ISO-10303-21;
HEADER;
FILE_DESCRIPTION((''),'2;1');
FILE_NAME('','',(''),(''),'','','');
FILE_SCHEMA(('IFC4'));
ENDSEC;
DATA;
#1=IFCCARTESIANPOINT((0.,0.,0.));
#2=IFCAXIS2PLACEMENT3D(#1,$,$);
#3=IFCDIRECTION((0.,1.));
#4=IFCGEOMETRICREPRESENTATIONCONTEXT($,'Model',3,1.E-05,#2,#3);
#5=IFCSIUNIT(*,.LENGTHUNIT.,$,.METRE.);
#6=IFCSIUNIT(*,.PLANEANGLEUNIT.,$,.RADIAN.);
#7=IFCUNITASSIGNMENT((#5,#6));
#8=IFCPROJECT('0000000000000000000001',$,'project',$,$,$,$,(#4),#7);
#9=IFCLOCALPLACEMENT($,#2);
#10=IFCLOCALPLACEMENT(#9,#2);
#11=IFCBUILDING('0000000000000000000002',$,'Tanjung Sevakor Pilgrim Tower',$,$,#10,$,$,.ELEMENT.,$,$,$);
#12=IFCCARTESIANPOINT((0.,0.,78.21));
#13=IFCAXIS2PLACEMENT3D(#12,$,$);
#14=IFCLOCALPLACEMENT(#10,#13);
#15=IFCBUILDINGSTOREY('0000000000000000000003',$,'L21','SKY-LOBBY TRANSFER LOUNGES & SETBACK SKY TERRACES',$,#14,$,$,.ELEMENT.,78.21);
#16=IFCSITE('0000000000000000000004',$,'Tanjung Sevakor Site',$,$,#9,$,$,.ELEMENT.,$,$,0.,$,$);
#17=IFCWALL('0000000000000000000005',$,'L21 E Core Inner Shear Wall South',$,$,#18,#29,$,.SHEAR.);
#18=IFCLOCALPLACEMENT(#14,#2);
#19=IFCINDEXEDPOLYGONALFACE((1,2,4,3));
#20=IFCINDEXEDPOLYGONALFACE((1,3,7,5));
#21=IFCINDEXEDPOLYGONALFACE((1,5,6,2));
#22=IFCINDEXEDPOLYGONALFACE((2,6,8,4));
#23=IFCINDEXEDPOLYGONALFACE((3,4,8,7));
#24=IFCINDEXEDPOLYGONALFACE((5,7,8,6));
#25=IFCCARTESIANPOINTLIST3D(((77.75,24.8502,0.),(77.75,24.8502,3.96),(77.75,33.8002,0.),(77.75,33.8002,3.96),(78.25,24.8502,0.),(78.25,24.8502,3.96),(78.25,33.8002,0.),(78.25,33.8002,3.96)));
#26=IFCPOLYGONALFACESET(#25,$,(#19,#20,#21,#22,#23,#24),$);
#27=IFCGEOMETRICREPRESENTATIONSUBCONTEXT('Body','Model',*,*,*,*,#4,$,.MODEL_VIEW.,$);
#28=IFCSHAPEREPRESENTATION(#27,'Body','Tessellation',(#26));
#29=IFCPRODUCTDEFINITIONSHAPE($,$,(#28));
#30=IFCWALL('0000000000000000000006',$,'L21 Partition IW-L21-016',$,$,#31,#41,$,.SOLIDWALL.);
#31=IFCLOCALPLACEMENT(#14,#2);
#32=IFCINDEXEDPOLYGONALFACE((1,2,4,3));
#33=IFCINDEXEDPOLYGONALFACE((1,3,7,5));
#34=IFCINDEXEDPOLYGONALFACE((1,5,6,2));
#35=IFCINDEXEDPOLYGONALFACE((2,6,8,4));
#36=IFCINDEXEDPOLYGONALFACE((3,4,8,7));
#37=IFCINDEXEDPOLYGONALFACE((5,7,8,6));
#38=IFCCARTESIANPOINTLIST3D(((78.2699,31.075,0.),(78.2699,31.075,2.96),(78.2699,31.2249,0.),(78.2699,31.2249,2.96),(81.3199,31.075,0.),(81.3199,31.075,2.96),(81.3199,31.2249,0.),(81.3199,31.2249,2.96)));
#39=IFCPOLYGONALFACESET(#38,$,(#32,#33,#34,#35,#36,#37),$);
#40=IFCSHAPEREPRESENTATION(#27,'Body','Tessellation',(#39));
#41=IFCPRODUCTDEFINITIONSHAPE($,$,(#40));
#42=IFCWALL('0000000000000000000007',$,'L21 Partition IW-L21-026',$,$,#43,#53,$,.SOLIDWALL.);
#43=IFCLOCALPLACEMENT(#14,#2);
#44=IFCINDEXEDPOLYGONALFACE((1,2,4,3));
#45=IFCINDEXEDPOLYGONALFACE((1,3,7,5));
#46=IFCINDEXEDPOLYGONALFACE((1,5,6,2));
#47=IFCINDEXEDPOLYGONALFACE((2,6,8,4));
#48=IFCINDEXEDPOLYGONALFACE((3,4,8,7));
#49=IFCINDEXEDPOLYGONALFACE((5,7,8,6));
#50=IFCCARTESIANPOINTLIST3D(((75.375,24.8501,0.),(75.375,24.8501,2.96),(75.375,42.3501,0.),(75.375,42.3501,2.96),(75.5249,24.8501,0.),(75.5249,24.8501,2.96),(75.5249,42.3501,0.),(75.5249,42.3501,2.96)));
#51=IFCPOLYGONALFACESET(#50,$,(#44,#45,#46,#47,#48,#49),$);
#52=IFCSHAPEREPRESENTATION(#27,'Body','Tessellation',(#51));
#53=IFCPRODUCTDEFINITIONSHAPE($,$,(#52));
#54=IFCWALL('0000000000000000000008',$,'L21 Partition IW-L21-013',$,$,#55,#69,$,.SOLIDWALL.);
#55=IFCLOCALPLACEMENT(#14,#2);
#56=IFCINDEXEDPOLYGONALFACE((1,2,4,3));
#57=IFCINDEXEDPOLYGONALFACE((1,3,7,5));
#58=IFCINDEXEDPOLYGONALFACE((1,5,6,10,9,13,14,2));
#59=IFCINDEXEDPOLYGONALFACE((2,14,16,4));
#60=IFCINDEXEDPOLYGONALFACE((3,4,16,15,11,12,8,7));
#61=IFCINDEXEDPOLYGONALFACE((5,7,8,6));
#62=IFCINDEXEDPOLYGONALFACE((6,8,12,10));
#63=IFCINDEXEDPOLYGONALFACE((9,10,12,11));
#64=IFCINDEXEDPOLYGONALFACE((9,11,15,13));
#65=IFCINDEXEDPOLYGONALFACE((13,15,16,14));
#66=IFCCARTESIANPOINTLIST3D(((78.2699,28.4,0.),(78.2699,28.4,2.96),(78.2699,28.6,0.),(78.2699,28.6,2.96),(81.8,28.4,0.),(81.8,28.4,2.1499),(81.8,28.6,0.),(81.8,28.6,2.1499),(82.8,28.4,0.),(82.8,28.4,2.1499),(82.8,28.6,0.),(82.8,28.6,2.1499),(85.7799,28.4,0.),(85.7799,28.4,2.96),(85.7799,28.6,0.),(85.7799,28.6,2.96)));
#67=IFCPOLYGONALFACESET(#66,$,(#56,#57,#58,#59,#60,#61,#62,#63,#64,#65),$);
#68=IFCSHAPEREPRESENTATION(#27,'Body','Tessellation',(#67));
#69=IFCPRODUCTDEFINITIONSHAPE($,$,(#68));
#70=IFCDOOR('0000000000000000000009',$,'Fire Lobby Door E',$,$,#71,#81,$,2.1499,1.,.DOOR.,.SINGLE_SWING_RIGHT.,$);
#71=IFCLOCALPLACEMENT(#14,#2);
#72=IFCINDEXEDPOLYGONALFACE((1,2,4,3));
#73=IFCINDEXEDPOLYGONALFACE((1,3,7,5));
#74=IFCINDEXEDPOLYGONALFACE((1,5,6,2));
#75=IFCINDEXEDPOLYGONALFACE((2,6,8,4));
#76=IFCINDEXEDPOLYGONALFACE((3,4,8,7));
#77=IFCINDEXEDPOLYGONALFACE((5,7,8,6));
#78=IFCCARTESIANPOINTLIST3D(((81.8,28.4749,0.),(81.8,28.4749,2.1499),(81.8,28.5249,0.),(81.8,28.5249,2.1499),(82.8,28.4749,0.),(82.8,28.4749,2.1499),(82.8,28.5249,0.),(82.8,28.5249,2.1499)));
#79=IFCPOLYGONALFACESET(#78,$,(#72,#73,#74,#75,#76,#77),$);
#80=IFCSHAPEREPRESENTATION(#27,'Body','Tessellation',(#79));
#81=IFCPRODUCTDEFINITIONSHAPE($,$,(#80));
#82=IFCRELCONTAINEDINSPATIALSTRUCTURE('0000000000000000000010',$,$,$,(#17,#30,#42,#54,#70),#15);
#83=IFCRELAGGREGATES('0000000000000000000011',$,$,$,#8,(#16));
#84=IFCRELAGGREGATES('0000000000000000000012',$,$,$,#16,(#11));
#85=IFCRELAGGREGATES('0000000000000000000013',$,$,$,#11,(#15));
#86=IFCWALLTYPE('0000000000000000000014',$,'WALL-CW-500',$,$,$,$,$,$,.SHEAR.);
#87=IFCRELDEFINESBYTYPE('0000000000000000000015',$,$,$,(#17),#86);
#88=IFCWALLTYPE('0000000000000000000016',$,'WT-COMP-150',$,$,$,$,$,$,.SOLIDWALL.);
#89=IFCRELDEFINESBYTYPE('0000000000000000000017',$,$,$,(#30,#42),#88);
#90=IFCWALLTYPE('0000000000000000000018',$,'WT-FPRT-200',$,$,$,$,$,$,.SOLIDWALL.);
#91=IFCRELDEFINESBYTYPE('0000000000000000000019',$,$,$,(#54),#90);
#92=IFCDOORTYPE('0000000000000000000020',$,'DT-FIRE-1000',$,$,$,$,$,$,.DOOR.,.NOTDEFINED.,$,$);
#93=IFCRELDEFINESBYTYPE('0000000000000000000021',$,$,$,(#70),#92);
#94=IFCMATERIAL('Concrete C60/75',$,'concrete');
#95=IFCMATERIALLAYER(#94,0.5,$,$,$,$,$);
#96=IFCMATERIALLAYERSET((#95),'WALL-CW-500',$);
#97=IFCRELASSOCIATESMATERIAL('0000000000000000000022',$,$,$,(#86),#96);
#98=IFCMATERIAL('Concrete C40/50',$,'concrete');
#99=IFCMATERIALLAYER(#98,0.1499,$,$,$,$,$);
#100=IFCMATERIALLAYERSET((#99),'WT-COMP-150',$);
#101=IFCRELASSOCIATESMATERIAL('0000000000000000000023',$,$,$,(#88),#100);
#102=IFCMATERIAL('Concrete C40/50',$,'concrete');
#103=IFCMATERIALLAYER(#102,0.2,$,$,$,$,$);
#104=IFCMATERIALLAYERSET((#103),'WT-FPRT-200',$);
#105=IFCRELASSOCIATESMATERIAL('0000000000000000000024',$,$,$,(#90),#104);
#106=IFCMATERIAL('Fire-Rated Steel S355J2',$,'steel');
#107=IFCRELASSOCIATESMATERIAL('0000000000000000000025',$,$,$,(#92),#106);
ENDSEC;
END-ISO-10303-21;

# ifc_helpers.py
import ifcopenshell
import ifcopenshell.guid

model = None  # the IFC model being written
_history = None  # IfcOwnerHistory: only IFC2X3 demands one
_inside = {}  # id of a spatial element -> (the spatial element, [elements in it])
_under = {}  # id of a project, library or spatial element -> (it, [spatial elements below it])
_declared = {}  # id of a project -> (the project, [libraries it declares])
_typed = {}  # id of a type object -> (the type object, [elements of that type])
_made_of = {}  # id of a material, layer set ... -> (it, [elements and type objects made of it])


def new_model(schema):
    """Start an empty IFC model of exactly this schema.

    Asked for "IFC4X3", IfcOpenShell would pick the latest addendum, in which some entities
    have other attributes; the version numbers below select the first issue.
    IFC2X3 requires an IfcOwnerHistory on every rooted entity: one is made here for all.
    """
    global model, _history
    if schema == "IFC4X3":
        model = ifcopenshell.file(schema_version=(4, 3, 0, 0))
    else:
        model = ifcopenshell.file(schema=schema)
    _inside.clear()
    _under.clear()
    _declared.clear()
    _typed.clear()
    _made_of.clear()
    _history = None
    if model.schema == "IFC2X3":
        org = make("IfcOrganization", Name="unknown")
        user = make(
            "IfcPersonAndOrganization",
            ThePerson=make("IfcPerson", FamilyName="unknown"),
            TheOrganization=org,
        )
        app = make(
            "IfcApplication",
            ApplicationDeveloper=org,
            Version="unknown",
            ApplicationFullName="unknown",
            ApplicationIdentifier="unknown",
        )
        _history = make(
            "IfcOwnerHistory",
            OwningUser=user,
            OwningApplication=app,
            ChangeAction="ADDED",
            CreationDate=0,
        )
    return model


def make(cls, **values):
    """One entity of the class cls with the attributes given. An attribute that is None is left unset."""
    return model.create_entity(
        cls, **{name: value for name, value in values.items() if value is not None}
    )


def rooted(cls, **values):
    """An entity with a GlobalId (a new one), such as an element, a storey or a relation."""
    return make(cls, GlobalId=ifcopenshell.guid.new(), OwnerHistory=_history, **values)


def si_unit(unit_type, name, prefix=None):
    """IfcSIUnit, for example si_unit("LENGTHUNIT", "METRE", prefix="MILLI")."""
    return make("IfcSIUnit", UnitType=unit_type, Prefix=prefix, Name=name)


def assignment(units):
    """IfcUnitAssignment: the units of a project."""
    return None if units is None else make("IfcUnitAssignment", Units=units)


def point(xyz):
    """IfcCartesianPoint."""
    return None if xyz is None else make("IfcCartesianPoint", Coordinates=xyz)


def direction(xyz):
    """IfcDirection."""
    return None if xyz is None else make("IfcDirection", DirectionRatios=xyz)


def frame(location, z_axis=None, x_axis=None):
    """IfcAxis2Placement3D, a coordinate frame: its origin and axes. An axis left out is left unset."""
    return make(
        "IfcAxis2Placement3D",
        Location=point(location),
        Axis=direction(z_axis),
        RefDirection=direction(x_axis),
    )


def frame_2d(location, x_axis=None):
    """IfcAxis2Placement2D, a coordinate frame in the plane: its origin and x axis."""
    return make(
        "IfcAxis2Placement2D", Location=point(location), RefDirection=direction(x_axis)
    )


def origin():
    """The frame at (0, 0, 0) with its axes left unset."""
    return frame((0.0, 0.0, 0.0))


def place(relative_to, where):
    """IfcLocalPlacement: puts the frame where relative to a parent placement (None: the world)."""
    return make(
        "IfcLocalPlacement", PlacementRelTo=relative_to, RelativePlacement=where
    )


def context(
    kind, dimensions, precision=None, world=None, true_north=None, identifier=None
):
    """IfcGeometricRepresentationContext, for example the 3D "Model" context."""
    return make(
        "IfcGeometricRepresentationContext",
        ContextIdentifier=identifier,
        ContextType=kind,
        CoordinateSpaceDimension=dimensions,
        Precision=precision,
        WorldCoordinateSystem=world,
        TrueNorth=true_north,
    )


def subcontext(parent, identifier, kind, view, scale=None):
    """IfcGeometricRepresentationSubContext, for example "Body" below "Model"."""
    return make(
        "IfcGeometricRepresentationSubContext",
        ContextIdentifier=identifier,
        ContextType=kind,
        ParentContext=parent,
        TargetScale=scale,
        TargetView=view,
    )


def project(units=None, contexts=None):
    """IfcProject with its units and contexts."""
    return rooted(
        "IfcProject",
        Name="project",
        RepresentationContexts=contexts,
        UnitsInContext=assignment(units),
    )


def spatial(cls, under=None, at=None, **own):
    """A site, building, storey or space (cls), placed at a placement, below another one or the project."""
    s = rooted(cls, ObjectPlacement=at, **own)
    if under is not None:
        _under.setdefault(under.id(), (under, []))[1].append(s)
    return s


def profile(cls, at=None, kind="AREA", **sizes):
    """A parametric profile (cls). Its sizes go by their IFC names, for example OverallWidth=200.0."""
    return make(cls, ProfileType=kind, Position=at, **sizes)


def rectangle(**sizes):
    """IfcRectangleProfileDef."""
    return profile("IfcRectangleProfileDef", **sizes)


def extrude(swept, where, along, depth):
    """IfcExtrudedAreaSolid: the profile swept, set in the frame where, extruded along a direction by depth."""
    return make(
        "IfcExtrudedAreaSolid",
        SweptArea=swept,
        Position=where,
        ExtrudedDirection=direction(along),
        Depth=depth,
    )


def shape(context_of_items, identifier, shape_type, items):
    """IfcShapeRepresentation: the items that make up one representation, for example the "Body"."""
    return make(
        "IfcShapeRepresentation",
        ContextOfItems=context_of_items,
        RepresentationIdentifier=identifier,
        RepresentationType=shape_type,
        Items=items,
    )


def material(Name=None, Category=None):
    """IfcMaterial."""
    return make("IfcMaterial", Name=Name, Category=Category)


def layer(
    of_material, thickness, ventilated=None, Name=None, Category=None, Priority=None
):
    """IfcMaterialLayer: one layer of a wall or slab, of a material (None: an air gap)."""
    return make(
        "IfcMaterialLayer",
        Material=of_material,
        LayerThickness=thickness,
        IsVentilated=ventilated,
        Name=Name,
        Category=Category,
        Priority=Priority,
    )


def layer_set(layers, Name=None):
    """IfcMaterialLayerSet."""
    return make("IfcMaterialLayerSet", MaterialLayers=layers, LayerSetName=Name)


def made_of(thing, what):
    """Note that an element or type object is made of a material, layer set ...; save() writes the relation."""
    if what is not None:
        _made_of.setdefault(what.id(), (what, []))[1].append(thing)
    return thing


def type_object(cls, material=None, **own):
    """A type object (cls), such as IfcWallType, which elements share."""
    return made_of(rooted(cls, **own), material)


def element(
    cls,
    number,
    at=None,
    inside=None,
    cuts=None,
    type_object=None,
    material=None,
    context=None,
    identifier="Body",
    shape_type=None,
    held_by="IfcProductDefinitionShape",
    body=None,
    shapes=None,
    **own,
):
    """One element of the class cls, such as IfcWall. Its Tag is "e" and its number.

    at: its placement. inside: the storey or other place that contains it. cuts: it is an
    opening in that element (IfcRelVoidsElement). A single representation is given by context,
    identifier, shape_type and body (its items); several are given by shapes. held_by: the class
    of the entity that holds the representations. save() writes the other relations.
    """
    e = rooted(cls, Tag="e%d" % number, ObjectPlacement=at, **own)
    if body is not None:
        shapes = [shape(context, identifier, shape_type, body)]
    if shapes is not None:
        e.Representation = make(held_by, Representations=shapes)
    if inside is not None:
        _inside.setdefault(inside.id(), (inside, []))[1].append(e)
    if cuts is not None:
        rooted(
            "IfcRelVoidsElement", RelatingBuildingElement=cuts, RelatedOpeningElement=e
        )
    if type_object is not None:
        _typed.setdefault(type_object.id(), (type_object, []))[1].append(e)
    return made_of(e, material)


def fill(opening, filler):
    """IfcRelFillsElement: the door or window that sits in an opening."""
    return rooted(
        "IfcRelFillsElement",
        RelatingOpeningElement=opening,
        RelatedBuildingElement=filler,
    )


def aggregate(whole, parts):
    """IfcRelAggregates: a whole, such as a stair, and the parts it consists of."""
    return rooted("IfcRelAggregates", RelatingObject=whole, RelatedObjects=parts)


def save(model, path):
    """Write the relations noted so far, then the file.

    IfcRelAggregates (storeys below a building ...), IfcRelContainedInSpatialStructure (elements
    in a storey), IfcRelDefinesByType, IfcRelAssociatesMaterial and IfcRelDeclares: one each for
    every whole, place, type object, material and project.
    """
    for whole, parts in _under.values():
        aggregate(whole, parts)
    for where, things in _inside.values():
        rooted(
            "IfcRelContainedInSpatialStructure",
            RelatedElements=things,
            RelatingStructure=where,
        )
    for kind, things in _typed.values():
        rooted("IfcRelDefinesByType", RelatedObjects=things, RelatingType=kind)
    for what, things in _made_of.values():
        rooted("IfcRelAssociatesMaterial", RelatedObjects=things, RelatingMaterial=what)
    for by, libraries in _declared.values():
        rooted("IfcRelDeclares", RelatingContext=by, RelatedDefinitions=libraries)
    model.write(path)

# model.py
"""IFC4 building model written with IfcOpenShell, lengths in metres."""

from ifc_helpers import new_model, si_unit, direction, frame, frame_2d, origin, place, context, subcontext, project, spatial, rectangle, extrude, material, layer, layer_set, type_object, element, fill, save


model = new_model("IFC4")

# Units and contexts
model_context = context("Model", 3, precision=1e-05, world=origin(), true_north=direction((0.0, 1.0)))
body_context = subcontext(model_context, "Body", "Model", "MODEL_VIEW")
ifc_project = project(units=[si_unit("LENGTHUNIT", "METRE"), si_unit("PLANEANGLEUNIT", "RADIAN")], contexts=[model_context])

# Site, building, storey
site_placement = place(None, origin())
site = spatial("IfcSite", under=ifc_project, at=site_placement, Name="Tanjung Sevakor Site", CompositionType="ELEMENT", RefElevation=0.0)
building_placement = place(site_placement, origin())
building = spatial("IfcBuilding", under=site, at=building_placement, Name="Tanjung Sevakor Pilgrim Tower", CompositionType="ELEMENT")
storey_placement = place(building_placement, frame((0.0, 0.0, 78.21)))
storey = spatial("IfcBuildingStorey", under=building, at=storey_placement, Name="L21", Description="SKY-LOBBY TRANSFER LOUNGES & SETBACK SKY TERRACES", CompositionType="ELEMENT", Elevation=78.21)

# Walls
ifc_material_1 = material(Name="Concrete C60/75", Category="concrete")
ifc_layer_1 = layer(ifc_material_1, 0.5)
ifc_layer_set_1 = layer_set([ifc_layer_1], Name="WALL-CW-500")
wall_type_1 = type_object("IfcWallType", Name="WALL-CW-500", PredefinedType="SHEAR", material=ifc_layer_set_1)
wall_1_placement = place(storey_placement, frame((78.0, 24.8501, 0.0), z_axis=(0.0, 0.0, 1.0), x_axis=(0.0, 1.0, 0.0)))
element("IfcWall", 1, at=wall_1_placement, inside=storey, type_object=wall_type_1, Name="L21 E Core Inner Shear Wall South", PredefinedType="SHEAR", context=body_context, shape_type="SweptSolid", body=[
    extrude(rectangle(XDim=8.95, YDim=0.5, at=frame_2d((4.4751, 0.0))), origin(), (0.0, 0.0, 1.0), 3.96),
])
ifc_material_2 = material(Name="Concrete C40/50", Category="concrete")
ifc_layer_2 = layer(ifc_material_2, 0.1499)
ifc_layer_set_2 = layer_set([ifc_layer_2], Name="WT-COMP-150")
wall_type_2 = type_object("IfcWallType", Name="WT-COMP-150", PredefinedType="SOLIDWALL", material=ifc_layer_set_2)
wall_2_placement = place(storey_placement, frame((78.27, 31.1499, 0.0), z_axis=(0.0, 0.0, 1.0), x_axis=(1.0, 0.0, 0.0)))
element("IfcWall", 2, at=wall_2_placement, inside=storey, type_object=wall_type_2, Name="L21 Partition IW-L21-016", PredefinedType="SOLIDWALL", context=body_context, shape_type="SweptSolid", body=[
    extrude(rectangle(XDim=3.05, YDim=0.1499, at=frame_2d((1.5249, 0.0))), origin(), (0.0, 0.0, 1.0), 2.96),
])
wall_3_placement = place(storey_placement, frame((75.45, 24.8501, 0.0), z_axis=(0.0, 0.0, 1.0), x_axis=(0.0, 1.0, 0.0)))
element("IfcWall", 3, at=wall_3_placement, inside=storey, type_object=wall_type_2, Name="L21 Partition IW-L21-026", PredefinedType="SOLIDWALL", context=body_context, shape_type="SweptSolid", body=[
    extrude(rectangle(XDim=17.5, YDim=0.1499, at=frame_2d((8.75, 0.0))), origin(), (0.0, 0.0, 1.0), 2.96),
])

# Wall, opening, door
ifc_material_3 = material(Name="Concrete C40/50", Category="concrete")
ifc_layer_3 = layer(ifc_material_3, 0.2)
ifc_layer_set_3 = layer_set([ifc_layer_3], Name="WT-FPRT-200")
wall_type_3 = type_object("IfcWallType", Name="WT-FPRT-200", PredefinedType="SOLIDWALL", material=ifc_layer_set_3)
wall_4_placement = place(storey_placement, frame((78.27, 28.5, 0.0), z_axis=(0.0, 0.0, 1.0), x_axis=(1.0, 0.0, 0.0)))
wall_4 = element("IfcWall", 4, at=wall_4_placement, inside=storey, type_object=wall_type_3, Name="L21 Partition IW-L21-013", PredefinedType="SOLIDWALL", context=body_context, shape_type="SweptSolid", body=[
    extrude(rectangle(XDim=7.51, YDim=0.2, at=frame_2d((3.7549, 0.0))), origin(), (0.0, 0.0, 1.0), 2.96),
])
opening_placement = place(wall_4_placement, frame((3.53, 0.0, 0.0)))
opening = element("IfcOpeningElement", 5, at=opening_placement, cuts=wall_4, PredefinedType="OPENING", context=body_context, shape_type="SweptSolid", body=[
    extrude(rectangle(XDim=1.0, YDim=2.1499, at=frame_2d((0.5, 1.075))), frame((0.0, 0.1099, 0.0), z_axis=(0.0, -1.0, 0.0), x_axis=(1.0, 0.0, 0.0)), (0.0, 0.0, 1.0), 0.22),
])
ifc_material_4 = material(Name="Fire-Rated Steel S355J2", Category="steel")
door_type = type_object("IfcDoorType", Name="DT-FIRE-1000", OperationType="NOTDEFINED", PredefinedType="DOOR", material=ifc_material_4)
door_placement = place(opening_placement, origin())
door = element("IfcDoor", 6, at=door_placement, inside=storey, type_object=door_type, Name="Fire Lobby Door E", OperationType="SINGLE_SWING_RIGHT", OverallHeight=2.1499, OverallWidth=1.0, PredefinedType="DOOR", context=body_context, shape_type="SweptSolid", body=[
    extrude(rectangle(XDim=1.0, YDim=2.1499, at=frame_2d((0.5, 1.075))), frame((0.0, 0.0249, 0.0), z_axis=(0.0, -1.0, 0.0), x_axis=(1.0, 0.0, 0.0)), (0.0, 0.0, 1.0), 0.05),
])
fill(opening, door)

save(model, "model.ifc")
